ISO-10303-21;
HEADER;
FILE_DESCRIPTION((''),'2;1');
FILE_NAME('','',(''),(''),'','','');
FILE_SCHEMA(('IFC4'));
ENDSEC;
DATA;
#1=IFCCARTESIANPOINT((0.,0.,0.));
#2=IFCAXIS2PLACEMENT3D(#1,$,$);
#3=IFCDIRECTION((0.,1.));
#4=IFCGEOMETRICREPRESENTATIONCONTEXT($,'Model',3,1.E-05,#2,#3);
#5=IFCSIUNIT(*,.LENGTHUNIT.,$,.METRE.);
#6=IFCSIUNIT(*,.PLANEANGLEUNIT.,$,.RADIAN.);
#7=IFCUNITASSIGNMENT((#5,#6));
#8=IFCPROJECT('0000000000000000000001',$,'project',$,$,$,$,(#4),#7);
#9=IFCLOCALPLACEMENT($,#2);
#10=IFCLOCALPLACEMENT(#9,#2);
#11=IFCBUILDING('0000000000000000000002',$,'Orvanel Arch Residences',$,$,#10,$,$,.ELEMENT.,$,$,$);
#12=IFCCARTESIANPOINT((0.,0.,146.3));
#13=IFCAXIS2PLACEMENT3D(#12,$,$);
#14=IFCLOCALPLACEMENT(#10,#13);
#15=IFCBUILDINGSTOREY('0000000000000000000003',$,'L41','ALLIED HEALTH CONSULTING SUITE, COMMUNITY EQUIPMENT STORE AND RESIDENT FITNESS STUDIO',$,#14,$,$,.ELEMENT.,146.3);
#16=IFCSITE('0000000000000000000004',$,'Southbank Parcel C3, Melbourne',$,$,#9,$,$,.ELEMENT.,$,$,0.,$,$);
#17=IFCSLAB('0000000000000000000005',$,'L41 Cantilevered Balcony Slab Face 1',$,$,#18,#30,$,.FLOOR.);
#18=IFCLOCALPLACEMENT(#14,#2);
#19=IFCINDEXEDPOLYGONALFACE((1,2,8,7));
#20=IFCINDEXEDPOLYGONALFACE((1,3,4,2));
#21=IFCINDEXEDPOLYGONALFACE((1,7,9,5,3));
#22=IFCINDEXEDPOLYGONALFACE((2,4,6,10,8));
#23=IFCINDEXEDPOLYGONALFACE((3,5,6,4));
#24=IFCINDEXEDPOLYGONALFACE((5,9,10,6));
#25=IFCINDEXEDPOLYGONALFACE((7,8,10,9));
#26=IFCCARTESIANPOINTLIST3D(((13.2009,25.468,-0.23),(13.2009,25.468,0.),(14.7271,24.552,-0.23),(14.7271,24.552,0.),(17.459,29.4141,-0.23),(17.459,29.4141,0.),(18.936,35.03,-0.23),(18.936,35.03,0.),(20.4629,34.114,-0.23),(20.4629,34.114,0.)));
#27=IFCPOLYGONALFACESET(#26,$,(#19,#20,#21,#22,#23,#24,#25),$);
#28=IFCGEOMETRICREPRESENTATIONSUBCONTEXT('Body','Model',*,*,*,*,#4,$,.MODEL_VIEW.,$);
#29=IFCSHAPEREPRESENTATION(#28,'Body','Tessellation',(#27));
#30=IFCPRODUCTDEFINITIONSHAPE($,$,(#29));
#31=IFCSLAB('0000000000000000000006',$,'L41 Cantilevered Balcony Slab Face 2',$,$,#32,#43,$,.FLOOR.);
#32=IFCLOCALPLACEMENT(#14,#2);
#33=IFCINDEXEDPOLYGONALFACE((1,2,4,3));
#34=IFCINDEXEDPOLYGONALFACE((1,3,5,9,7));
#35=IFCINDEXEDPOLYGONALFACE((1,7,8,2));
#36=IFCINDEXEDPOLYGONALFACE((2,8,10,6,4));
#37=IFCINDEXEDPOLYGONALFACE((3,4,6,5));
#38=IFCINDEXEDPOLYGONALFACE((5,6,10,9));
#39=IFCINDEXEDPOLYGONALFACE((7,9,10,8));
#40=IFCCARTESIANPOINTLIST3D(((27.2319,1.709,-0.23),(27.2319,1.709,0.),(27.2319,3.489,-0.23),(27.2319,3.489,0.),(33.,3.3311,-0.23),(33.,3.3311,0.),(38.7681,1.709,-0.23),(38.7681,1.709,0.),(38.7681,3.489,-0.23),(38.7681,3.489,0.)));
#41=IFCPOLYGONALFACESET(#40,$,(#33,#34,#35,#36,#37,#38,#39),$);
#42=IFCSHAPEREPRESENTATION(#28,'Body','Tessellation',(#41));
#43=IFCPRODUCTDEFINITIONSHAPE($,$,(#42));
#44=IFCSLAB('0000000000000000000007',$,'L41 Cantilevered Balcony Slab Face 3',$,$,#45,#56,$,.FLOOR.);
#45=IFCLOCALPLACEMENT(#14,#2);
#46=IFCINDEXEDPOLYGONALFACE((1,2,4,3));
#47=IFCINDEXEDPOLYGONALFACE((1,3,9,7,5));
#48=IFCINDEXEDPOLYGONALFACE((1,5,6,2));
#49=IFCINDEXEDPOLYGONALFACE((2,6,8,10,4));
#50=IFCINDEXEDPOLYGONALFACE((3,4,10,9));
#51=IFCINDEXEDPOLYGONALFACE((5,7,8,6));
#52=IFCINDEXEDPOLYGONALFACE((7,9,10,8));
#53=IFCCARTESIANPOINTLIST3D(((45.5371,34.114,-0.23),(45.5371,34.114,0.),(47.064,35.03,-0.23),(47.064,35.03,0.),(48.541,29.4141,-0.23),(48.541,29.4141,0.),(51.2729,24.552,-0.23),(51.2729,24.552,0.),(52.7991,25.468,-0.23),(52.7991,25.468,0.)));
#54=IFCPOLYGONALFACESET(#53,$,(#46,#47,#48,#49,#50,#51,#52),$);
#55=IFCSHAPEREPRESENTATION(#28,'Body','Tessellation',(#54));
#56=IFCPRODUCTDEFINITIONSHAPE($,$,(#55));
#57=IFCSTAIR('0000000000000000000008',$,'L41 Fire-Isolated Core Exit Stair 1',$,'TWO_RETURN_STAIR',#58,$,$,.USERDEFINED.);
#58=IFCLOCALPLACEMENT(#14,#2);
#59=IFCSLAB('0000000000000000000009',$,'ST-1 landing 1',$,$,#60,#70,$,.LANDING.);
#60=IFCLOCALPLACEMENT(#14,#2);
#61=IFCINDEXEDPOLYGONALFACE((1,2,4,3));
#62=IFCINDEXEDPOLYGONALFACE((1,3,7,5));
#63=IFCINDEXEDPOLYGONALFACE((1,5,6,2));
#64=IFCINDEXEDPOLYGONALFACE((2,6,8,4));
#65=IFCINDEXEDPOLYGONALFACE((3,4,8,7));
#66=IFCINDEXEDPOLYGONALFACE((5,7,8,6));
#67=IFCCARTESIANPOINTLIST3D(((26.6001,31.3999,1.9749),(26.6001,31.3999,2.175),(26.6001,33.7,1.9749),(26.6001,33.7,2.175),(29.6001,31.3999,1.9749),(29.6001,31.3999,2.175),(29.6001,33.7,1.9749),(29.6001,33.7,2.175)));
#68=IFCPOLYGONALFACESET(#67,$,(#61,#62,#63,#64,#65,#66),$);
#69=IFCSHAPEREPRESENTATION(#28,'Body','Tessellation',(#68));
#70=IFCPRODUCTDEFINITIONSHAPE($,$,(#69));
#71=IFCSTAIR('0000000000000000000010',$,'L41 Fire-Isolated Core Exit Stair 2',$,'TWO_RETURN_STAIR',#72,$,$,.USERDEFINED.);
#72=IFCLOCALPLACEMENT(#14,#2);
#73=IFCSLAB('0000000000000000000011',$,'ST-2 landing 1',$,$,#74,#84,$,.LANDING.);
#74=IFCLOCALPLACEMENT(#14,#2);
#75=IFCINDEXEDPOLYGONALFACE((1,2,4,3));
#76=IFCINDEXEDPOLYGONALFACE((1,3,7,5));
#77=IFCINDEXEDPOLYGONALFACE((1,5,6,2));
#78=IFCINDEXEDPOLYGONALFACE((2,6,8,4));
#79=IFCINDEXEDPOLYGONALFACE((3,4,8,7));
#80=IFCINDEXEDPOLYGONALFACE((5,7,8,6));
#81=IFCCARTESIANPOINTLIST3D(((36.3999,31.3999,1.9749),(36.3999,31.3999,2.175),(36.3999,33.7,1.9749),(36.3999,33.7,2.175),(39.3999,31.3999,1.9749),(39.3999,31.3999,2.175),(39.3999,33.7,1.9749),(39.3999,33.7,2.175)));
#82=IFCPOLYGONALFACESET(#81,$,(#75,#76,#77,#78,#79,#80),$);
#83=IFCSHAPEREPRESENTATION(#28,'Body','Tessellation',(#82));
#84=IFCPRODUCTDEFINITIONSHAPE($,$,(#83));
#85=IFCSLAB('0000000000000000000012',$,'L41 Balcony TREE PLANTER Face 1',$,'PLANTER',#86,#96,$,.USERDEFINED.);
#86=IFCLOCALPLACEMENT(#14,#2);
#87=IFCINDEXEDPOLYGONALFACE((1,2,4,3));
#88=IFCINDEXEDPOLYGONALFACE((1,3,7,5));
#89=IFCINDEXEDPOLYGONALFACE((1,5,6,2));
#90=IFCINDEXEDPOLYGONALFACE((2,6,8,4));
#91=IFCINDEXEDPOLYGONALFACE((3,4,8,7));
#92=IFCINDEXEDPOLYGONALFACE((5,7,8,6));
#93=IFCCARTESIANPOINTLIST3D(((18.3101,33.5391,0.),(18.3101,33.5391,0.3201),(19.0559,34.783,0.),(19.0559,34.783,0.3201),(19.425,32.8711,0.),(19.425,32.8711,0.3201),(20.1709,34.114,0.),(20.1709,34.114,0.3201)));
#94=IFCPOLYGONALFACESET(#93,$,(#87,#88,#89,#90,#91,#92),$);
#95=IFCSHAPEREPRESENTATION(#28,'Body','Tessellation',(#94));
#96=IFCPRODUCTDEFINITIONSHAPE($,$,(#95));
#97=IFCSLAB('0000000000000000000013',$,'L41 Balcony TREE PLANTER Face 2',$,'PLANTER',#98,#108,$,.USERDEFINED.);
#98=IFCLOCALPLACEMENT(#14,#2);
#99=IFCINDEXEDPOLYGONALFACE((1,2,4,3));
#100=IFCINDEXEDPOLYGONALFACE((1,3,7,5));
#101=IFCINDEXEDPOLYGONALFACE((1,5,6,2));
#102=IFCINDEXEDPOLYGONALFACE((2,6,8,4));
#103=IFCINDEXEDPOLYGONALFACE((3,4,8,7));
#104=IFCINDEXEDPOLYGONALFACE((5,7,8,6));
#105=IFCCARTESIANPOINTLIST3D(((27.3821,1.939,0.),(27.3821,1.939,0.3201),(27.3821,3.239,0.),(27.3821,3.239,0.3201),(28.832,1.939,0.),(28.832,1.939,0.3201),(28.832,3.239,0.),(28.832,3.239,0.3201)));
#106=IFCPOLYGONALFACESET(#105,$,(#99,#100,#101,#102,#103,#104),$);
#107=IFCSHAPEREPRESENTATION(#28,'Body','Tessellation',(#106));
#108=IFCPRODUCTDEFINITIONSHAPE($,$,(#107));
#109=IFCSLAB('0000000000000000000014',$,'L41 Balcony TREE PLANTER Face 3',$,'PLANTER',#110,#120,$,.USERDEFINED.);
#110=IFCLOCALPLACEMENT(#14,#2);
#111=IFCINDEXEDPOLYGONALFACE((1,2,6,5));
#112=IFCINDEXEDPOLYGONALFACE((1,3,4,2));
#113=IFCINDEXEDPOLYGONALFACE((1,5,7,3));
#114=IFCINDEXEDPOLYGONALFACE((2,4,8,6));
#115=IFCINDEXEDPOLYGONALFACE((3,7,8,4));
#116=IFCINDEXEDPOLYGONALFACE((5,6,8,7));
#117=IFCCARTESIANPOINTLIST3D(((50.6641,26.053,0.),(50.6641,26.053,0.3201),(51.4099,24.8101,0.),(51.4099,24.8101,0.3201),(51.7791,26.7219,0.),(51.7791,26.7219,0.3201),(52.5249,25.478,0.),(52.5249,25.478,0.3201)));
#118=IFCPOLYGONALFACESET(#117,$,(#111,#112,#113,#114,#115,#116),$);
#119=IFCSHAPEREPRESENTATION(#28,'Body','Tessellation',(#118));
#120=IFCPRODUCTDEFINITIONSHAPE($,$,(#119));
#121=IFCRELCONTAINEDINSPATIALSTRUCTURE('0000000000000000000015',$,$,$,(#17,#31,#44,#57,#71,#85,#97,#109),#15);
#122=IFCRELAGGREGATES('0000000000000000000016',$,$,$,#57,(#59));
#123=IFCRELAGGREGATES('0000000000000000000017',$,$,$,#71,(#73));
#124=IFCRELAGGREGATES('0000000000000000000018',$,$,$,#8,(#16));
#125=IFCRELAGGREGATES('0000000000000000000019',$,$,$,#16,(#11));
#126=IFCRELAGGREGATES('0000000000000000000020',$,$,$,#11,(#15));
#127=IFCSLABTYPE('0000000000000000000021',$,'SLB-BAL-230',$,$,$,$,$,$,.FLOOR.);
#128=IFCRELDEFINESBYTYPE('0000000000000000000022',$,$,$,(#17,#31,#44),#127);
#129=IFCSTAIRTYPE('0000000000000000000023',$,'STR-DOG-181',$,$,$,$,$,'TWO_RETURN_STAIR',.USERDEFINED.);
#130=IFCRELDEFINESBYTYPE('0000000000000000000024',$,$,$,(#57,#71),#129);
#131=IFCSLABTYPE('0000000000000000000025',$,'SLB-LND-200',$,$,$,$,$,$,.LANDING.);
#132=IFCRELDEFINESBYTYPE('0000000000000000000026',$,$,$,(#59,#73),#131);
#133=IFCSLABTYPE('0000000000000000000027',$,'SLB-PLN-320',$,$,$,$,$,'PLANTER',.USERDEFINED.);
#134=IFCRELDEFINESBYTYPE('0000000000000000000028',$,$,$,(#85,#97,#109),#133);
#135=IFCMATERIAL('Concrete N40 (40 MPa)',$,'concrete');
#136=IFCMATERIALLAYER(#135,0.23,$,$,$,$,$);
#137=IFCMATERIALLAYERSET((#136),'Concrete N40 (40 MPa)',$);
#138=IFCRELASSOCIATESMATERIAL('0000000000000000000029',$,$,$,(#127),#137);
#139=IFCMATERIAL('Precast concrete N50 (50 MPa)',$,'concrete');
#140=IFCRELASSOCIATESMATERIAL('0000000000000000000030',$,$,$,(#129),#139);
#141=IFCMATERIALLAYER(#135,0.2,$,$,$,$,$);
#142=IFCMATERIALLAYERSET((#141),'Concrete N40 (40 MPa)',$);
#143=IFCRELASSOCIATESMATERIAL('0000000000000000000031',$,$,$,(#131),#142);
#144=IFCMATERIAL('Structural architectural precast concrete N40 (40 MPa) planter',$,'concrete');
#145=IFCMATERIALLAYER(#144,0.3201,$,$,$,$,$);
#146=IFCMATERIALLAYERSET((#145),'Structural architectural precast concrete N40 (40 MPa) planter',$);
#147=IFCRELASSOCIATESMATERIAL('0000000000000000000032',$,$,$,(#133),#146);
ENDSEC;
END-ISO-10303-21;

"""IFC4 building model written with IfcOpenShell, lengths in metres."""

from ifc_helpers import new_model, si_unit, direction, frame, origin, place, context, subcontext, project, spatial, polyline, outline, extrude, material, layer, layer_set, type_object, element, aggregate, save


model = new_model("IFC4")

# Units and contexts
model_context = context("Model", 3, precision=1e-05, world=origin(), true_north=direction((0.0, 1.0)))
body_context = subcontext(model_context, "Body", "Model", "MODEL_VIEW")
ifc_project = project(units=[si_unit("LENGTHUNIT", "METRE"), si_unit("PLANEANGLEUNIT", "RADIAN")], contexts=[model_context])

# Site, building, storey
site_placement = place(None, origin())
site = spatial("IfcSite", under=ifc_project, at=site_placement, Name="Southbank Parcel C3, Melbourne", CompositionType="ELEMENT", RefElevation=0.0)
building_placement = place(site_placement, origin())
building = spatial("IfcBuilding", under=site, at=building_placement, Name="Orvanel Arch Residences", CompositionType="ELEMENT")
storey_placement = place(building_placement, frame((0.0, 0.0, 146.3)))
storey = spatial("IfcBuildingStorey", under=building, at=storey_placement, Name="L41", Description="ALLIED HEALTH CONSULTING SUITE, COMMUNITY EQUIPMENT STORE AND RESIDENT FITNESS STUDIO", CompositionType="ELEMENT", Elevation=146.3)

# Slabs
ifc_material_1 = material(Name="Concrete N40 (40 MPa)", Category="concrete")
ifc_layer_1 = layer(ifc_material_1, 0.23)
ifc_layer_set_1 = layer_set([ifc_layer_1], Name="Concrete N40 (40 MPa)")
slab_type_1 = type_object("IfcSlabType", Name="SLB-BAL-230", PredefinedType="FLOOR", material=ifc_layer_set_1)
slab_1_placement = place(storey_placement, frame((0.0, 0.0, -0.23)))
element("IfcSlab", 1, at=slab_1_placement, inside=storey, type_object=slab_type_1, Name="L41 Cantilevered Balcony Slab Face 1", PredefinedType="FLOOR", context=body_context, shape_type="SweptSolid", body=[
    extrude(outline(polyline([(18.936, 35.03), (13.2009, 25.468), (14.7271, 24.552), (17.459, 29.4141), (20.4629, 34.114), (18.936, 35.03)])), origin(), (0.0, 0.0, 1.0), 0.23),
])
slab_2_placement = place(storey_placement, frame((0.0, 0.0, -0.23)))
element("IfcSlab", 2, at=slab_2_placement, inside=storey, type_object=slab_type_1, Name="L41 Cantilevered Balcony Slab Face 2", PredefinedType="FLOOR", context=body_context, shape_type="SweptSolid", body=[
    extrude(outline(polyline([(27.2319, 1.709), (38.7681, 1.709), (38.7681, 3.489), (33.0, 3.3311), (27.2319, 3.489), (27.2319, 1.709)])), origin(), (0.0, 0.0, 1.0), 0.23),
])
slab_3_placement = place(storey_placement, frame((0.0, 0.0, -0.23)))
element("IfcSlab", 3, at=slab_3_placement, inside=storey, type_object=slab_type_1, Name="L41 Cantilevered Balcony Slab Face 3", PredefinedType="FLOOR", context=body_context, shape_type="SweptSolid", body=[
    extrude(outline(polyline([(52.7991, 25.468), (47.064, 35.03), (45.5371, 34.114), (48.541, 29.4141), (51.2729, 24.552), (52.7991, 25.468)])), origin(), (0.0, 0.0, 1.0), 0.23),
])

# Stairs, slabs
ifc_material_2 = material(Name="Precast concrete N50 (50 MPa)", Category="concrete")
stair_type = type_object("IfcStairType", Name="STR-DOG-181", ElementType="TWO_RETURN_STAIR", PredefinedType="USERDEFINED", material=ifc_material_2)
stair_1_placement = place(storey_placement, origin())
stair_1 = element("IfcStair", 4, at=stair_1_placement, inside=storey, type_object=stair_type, Name="L41 Fire-Isolated Core Exit Stair 1", ObjectType="TWO_RETURN_STAIR", PredefinedType="USERDEFINED")
ifc_layer_2 = layer(ifc_material_1, 0.2)
ifc_layer_set_2 = layer_set([ifc_layer_2], Name="Concrete N40 (40 MPa)")
slab_type_2 = type_object("IfcSlabType", Name="SLB-LND-200", PredefinedType="LANDING", material=ifc_layer_set_2)
slab_4_placement = place(storey_placement, frame((0.0, 0.0, 1.9749)))
slab_4 = element("IfcSlab", 5, at=slab_4_placement, type_object=slab_type_2, Name="ST-1 landing 1", PredefinedType="LANDING", context=body_context, shape_type="SweptSolid", body=[
    extrude(outline(polyline([(29.6001, 31.3999), (29.6001, 33.7), (26.6001, 33.7), (26.6001, 31.3999), (29.6001, 31.3999)])), origin(), (0.0, 0.0, 1.0), 0.2002),
])
aggregate(stair_1, [slab_4])
stair_2_placement = place(storey_placement, origin())
stair_2 = element("IfcStair", 6, at=stair_2_placement, inside=storey, type_object=stair_type, Name="L41 Fire-Isolated Core Exit Stair 2", ObjectType="TWO_RETURN_STAIR", PredefinedType="USERDEFINED")
slab_5_placement = place(storey_placement, frame((0.0, 0.0, 1.9749)))
slab_5 = element("IfcSlab", 7, at=slab_5_placement, type_object=slab_type_2, Name="ST-2 landing 1", PredefinedType="LANDING", context=body_context, shape_type="SweptSolid", body=[
    extrude(outline(polyline([(39.3999, 31.3999), (39.3999, 33.7), (36.3999, 33.7), (36.3999, 31.3999), (39.3999, 31.3999)])), origin(), (0.0, 0.0, 1.0), 0.2002),
])
aggregate(stair_2, [slab_5])

# Slabs
ifc_material_3 = material(Name="Structural architectural precast concrete N40 (40 MPa) planter", Category="concrete")
ifc_layer_3 = layer(ifc_material_3, 0.3201)
ifc_layer_set_3 = layer_set([ifc_layer_3], Name="Structural architectural precast concrete N40 (40 MPa) planter")
slab_type_3 = type_object("IfcSlabType", Name="SLB-PLN-320", ElementType="PLANTER", PredefinedType="USERDEFINED", material=ifc_layer_set_3)
slab_6_placement = place(storey_placement, origin())
element("IfcSlab", 8, at=slab_6_placement, inside=storey, type_object=slab_type_3, Name="L41 Balcony TREE PLANTER Face 1", ObjectType="PLANTER", PredefinedType="USERDEFINED", context=body_context, shape_type="SweptSolid", body=[
    extrude(outline(polyline([(19.0559, 34.783), (18.3101, 33.5391), (19.425, 32.8711), (20.1709, 34.114), (19.0559, 34.783)])), origin(), (0.0, 0.0, 1.0), 0.3201),
])
slab_7_placement = place(storey_placement, origin())
element("IfcSlab", 9, at=slab_7_placement, inside=storey, type_object=slab_type_3, Name="L41 Balcony TREE PLANTER Face 2", ObjectType="PLANTER", PredefinedType="USERDEFINED", context=body_context, shape_type="SweptSolid", body=[
    extrude(outline(polyline([(27.3821, 1.939), (28.832, 1.939), (28.832, 3.239), (27.3821, 3.239), (27.3821, 1.939)])), origin(), (0.0, 0.0, 1.0), 0.3201),
])
slab_8_placement = place(storey_placement, origin())
element("IfcSlab", 10, at=slab_8_placement, inside=storey, type_object=slab_type_3, Name="L41 Balcony TREE PLANTER Face 3", ObjectType="PLANTER", PredefinedType="USERDEFINED", context=body_context, shape_type="SweptSolid", body=[
    extrude(outline(polyline([(52.5249, 25.478), (51.7791, 26.7219), (50.6641, 26.053), (51.4099, 24.8101), (52.5249, 25.478)])), origin(), (0.0, 0.0, 1.0), 0.3201),
])

save(model, "model.ifc")
